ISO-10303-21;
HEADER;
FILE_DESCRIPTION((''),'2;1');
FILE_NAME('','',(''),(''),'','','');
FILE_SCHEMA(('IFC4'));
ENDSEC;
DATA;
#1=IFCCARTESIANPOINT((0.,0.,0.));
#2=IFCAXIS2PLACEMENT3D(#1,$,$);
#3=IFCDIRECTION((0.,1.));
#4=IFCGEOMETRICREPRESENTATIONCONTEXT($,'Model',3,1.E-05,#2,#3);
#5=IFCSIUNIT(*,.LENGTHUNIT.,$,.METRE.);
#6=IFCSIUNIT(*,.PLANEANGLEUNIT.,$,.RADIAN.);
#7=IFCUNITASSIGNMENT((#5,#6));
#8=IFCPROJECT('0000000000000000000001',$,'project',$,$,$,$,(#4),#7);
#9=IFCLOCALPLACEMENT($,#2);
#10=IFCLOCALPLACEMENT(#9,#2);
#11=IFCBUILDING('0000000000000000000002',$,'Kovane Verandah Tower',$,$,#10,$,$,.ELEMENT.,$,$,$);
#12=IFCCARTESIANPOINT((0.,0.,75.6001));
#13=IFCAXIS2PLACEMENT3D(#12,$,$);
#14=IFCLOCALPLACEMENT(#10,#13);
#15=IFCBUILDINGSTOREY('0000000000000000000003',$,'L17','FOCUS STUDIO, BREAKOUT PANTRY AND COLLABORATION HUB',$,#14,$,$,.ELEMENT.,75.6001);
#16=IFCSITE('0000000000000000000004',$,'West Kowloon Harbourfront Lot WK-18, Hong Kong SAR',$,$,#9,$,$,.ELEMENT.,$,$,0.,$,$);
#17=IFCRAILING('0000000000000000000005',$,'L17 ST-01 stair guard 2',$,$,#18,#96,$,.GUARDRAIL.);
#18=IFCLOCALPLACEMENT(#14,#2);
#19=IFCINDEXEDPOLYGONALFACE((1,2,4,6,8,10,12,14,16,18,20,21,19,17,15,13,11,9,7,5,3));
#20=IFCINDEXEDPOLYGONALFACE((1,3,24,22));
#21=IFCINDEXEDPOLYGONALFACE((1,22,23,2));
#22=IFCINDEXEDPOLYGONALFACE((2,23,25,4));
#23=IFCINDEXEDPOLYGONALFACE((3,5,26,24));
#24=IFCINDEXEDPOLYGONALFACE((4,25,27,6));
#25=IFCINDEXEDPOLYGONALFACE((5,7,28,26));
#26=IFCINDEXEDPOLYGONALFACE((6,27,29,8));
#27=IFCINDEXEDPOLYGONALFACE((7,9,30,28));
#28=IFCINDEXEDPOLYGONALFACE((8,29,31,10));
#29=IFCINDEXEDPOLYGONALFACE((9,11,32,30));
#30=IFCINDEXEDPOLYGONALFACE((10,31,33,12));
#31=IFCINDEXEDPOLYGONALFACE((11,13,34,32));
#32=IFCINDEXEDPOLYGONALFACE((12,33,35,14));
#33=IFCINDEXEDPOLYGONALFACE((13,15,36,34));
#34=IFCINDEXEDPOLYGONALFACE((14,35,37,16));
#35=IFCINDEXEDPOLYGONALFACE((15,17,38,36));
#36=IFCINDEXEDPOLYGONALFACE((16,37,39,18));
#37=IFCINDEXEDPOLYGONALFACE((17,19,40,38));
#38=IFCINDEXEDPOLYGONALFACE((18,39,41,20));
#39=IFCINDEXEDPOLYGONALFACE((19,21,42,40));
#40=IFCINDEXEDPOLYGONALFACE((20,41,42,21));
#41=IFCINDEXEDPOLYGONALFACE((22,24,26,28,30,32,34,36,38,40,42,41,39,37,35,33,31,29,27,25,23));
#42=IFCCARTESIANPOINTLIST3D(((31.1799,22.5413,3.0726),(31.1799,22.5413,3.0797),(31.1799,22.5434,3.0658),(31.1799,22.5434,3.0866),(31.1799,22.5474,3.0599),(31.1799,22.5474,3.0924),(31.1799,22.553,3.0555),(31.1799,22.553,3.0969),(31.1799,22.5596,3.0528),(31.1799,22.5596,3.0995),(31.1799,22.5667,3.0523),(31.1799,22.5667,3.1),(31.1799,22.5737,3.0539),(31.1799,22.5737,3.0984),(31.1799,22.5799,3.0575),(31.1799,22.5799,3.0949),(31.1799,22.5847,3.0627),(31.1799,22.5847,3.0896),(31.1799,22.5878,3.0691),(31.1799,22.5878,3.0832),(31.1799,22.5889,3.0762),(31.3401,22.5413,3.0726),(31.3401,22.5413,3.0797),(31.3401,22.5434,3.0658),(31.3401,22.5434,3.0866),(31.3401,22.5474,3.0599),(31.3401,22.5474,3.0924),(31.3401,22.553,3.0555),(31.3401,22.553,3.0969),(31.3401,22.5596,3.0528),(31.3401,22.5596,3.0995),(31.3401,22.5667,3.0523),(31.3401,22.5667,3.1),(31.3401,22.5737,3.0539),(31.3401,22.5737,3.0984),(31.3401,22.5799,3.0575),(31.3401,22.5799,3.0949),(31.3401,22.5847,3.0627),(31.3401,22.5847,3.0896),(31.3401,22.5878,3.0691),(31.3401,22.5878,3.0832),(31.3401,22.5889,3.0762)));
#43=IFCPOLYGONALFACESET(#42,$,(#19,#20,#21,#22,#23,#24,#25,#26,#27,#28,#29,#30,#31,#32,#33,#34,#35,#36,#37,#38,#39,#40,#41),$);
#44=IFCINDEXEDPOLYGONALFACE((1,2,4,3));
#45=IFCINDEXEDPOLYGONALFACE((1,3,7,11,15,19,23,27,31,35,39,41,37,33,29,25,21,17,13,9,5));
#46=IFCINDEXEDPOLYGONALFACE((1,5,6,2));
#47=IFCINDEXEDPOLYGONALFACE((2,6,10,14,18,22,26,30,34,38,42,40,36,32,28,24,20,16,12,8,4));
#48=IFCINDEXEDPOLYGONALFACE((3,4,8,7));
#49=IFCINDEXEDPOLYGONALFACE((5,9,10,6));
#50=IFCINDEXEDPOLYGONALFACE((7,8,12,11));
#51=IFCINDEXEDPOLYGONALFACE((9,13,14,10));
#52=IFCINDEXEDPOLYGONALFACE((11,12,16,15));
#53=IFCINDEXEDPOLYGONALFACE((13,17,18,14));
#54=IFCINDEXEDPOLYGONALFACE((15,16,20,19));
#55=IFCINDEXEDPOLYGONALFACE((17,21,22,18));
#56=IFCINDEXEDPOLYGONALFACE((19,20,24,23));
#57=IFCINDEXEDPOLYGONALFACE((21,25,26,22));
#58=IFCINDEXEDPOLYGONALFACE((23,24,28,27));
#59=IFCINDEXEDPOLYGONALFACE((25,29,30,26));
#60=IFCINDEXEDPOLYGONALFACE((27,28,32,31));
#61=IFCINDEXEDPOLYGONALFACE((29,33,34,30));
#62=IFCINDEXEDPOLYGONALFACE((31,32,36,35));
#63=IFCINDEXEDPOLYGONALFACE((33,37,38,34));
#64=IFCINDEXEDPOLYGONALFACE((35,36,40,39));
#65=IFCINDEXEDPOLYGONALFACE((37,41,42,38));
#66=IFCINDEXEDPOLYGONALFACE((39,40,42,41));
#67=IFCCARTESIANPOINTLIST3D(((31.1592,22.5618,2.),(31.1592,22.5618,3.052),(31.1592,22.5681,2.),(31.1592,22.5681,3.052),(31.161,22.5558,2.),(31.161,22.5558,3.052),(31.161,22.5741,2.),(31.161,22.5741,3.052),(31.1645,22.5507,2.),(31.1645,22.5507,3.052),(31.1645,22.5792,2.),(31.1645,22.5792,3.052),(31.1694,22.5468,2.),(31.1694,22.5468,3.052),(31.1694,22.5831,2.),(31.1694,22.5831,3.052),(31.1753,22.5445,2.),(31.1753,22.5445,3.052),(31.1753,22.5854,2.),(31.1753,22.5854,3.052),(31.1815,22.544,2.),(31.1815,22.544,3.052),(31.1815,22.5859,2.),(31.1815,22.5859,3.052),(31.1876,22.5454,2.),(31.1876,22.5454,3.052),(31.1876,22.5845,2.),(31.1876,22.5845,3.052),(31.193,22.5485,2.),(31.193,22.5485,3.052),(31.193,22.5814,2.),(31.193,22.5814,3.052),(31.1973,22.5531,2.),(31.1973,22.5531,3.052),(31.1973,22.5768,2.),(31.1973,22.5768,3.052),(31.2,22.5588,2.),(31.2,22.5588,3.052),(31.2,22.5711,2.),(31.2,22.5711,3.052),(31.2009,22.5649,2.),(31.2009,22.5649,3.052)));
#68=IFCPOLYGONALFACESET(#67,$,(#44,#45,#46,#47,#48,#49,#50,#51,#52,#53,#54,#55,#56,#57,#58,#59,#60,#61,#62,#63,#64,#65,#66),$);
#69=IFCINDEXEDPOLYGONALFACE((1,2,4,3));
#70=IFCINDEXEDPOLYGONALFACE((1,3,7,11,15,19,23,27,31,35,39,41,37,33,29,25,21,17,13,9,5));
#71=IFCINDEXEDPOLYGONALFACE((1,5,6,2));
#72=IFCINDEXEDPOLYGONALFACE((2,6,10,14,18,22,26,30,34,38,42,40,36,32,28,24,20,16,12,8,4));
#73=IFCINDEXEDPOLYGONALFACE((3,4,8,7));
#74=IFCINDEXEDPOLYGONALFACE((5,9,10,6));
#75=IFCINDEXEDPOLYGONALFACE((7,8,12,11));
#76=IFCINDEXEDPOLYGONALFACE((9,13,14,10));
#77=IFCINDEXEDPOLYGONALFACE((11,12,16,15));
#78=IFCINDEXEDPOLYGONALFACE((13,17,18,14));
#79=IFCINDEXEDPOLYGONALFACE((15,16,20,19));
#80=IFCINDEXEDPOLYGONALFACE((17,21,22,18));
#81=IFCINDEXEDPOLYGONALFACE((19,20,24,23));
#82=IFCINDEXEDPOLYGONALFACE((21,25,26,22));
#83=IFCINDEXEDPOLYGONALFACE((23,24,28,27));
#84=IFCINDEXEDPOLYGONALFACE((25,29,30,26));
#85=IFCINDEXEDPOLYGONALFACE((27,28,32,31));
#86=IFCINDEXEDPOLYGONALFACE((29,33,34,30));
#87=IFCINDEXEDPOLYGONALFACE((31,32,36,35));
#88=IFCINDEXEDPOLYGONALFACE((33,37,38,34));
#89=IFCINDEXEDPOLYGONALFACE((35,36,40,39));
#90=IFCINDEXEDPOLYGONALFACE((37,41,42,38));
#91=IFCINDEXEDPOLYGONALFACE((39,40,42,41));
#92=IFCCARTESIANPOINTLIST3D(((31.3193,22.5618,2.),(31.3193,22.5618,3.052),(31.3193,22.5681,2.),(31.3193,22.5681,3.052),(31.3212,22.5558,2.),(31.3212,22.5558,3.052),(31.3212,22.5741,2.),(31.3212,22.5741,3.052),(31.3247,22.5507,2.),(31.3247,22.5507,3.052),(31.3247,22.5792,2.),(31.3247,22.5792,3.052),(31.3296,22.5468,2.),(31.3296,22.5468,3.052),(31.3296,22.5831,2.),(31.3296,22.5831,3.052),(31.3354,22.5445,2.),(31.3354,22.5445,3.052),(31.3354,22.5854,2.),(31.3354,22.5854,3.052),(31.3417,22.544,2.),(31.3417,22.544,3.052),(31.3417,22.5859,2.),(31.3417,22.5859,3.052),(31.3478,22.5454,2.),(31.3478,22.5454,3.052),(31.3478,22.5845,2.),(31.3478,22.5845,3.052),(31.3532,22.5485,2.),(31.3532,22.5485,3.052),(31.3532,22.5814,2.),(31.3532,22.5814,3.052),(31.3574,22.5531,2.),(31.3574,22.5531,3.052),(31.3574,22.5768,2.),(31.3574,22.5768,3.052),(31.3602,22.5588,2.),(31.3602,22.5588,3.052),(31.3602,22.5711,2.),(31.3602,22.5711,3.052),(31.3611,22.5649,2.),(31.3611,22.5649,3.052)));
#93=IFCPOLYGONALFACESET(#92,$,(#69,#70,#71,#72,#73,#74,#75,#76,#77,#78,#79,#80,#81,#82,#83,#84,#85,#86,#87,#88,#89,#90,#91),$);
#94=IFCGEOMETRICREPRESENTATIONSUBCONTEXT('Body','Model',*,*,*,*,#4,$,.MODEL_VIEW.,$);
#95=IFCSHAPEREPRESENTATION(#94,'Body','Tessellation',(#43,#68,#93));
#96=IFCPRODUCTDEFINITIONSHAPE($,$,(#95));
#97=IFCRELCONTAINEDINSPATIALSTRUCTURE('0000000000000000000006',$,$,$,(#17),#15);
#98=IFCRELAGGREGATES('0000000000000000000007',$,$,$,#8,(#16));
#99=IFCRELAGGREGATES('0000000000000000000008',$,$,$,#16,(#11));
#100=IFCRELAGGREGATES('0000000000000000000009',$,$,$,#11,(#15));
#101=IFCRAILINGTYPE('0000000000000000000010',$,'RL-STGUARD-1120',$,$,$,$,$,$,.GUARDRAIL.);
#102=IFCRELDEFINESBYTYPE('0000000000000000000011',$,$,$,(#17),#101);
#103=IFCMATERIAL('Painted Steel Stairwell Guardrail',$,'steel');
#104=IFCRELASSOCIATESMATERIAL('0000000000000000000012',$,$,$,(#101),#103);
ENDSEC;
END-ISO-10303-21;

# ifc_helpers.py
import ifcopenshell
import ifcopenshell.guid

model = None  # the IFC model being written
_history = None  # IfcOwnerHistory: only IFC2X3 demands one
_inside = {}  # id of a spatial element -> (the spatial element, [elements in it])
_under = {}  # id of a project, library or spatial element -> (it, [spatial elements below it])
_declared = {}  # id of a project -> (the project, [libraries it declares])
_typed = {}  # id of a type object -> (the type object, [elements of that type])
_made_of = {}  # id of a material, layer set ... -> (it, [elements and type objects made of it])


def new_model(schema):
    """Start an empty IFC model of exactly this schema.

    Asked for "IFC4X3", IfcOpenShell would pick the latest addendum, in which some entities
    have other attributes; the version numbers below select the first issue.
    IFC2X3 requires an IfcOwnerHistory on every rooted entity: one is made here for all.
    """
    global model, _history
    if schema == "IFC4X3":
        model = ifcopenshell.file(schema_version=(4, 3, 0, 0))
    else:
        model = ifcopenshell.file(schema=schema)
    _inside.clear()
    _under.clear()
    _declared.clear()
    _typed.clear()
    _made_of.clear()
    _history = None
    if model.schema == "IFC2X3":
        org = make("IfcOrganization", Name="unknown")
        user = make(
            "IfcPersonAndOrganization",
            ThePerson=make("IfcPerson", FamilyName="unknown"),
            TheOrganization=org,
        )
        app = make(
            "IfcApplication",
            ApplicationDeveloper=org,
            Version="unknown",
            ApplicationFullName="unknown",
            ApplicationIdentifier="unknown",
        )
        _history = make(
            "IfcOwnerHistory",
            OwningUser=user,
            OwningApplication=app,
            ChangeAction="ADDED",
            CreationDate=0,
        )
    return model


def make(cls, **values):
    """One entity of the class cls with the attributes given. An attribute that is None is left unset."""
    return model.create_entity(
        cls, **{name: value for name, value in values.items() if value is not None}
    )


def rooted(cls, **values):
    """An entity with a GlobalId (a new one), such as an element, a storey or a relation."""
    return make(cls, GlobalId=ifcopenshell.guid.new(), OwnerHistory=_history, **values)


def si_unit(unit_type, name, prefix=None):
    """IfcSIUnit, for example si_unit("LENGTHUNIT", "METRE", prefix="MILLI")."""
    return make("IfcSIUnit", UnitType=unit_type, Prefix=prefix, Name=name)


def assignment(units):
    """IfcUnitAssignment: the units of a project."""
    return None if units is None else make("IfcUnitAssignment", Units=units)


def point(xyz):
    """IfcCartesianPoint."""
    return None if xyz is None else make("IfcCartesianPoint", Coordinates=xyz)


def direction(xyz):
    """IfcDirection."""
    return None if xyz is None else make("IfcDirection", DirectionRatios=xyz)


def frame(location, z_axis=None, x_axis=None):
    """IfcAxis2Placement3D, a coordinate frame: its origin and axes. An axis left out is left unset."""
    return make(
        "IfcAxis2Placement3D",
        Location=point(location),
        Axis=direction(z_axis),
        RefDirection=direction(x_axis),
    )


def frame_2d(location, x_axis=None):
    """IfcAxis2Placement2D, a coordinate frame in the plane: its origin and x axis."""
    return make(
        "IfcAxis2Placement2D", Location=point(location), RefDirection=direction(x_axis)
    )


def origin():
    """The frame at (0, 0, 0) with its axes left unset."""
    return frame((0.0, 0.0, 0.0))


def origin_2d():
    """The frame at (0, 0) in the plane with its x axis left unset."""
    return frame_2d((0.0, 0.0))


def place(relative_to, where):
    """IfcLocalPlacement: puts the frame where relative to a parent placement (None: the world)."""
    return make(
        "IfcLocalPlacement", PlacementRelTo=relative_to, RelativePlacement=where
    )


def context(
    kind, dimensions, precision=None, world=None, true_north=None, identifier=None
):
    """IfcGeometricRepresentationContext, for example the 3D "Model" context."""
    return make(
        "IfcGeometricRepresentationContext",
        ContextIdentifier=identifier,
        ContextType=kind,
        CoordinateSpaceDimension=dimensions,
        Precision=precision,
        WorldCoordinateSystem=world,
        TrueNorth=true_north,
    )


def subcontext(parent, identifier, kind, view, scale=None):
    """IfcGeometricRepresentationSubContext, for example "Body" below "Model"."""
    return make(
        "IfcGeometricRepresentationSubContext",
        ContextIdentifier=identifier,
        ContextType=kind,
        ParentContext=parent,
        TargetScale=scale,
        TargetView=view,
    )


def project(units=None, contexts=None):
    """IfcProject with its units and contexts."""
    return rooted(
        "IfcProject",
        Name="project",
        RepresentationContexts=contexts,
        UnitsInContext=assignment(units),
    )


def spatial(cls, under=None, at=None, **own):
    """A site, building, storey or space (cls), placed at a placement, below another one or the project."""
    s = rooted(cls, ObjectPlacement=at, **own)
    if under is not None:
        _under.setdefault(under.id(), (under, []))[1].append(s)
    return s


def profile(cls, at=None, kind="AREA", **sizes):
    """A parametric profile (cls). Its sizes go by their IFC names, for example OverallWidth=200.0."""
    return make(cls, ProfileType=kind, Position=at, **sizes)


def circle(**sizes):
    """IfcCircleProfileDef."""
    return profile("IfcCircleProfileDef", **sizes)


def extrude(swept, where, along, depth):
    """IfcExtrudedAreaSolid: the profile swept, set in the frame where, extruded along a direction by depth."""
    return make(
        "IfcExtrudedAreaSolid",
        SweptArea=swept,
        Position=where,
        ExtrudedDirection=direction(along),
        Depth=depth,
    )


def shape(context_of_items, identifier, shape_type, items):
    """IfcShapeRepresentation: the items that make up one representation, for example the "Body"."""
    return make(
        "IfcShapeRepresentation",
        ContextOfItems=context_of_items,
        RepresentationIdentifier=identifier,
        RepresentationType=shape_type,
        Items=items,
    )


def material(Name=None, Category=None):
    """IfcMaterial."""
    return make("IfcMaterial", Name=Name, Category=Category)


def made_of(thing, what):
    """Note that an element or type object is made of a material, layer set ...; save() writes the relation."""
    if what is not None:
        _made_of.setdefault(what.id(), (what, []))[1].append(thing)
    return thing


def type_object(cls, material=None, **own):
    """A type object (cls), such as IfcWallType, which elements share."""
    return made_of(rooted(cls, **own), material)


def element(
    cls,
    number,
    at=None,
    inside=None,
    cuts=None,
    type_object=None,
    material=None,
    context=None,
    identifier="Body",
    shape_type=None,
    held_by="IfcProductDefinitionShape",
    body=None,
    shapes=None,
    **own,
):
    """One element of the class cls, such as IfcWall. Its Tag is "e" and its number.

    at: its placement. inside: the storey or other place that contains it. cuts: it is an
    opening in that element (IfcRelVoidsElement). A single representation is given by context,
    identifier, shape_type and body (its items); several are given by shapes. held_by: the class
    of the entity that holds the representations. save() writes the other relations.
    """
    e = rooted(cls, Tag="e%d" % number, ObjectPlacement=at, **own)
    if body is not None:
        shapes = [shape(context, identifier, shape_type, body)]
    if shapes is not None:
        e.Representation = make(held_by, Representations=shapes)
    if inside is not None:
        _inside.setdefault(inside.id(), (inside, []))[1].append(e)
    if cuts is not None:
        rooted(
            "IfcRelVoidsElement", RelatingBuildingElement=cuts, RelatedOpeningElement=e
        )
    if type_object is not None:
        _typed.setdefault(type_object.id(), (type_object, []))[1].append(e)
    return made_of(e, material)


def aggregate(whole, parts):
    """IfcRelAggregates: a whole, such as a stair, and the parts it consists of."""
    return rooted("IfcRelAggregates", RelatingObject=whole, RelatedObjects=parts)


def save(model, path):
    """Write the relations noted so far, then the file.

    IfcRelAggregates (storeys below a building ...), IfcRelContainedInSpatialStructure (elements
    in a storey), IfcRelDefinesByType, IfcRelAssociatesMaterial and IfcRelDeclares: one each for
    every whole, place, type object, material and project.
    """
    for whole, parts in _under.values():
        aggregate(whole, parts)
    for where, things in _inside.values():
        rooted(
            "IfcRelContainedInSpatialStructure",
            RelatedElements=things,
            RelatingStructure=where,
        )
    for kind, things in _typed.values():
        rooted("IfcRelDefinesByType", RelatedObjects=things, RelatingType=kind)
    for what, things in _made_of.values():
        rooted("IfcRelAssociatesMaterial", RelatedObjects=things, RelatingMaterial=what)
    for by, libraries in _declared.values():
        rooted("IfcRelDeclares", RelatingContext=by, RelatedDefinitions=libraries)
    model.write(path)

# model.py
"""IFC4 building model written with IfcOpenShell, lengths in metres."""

from ifc_helpers import new_model, si_unit, direction, frame, origin, origin_2d, place, context, subcontext, project, spatial, circle, extrude, material, type_object, element, save


model = new_model("IFC4")

# Units and contexts
model_context = context("Model", 3, precision=1e-05, world=origin(), true_north=direction((0.0, 1.0)))
body_context = subcontext(model_context, "Body", "Model", "MODEL_VIEW")
ifc_project = project(units=[si_unit("LENGTHUNIT", "METRE"), si_unit("PLANEANGLEUNIT", "RADIAN")], contexts=[model_context])

# Site, building, storey
site_placement = place(None, origin())
site = spatial("IfcSite", under=ifc_project, at=site_placement, Name="West Kowloon Harbourfront Lot WK-18, Hong Kong SAR", CompositionType="ELEMENT", RefElevation=0.0)
building_placement = place(site_placement, origin())
building = spatial("IfcBuilding", under=site, at=building_placement, Name="Kovane Verandah Tower", CompositionType="ELEMENT")
storey_placement = place(building_placement, frame((0.0, 0.0, 75.6001)))
storey = spatial("IfcBuildingStorey", under=building, at=storey_placement, Name="L17", Description="FOCUS STUDIO, BREAKOUT PANTRY AND COLLABORATION HUB", CompositionType="ELEMENT", Elevation=75.6001)

# Railing
ifc_material_1 = material(Name="Painted Steel Stairwell Guardrail", Category="steel")
railing_type_1 = type_object("IfcRailingType", Name="RL-STGUARD-1120", PredefinedType="GUARDRAIL", material=ifc_material_1)
railing_1_placement = place(storey_placement, frame((31.1799, 22.5649, 2.0)))
element("IfcRailing", 1, at=railing_1_placement, inside=storey, type_object=railing_type_1, Name="L17 ST-01 stair guard 2", PredefinedType="GUARDRAIL", context=body_context, shape_type="SweptSolid", body=[
    extrude(circle(Radius=0.0239, at=origin_2d()), frame((0.0, 0.0, 1.0762), z_axis=(1.0, 0.0, 0.0), x_axis=(0.0, 1.0, 0.0)), (0.0, 0.0, 1.0), 0.1602),
    extrude(circle(Radius=0.021, at=origin_2d()), origin(), (0.0, 0.0, 1.0), 1.052),
    extrude(circle(Radius=0.021, at=origin_2d()), frame((0.1602, 0.0, 0.0)), (0.0, 0.0, 1.0), 1.052),
])

save(model, "model.ifc")
